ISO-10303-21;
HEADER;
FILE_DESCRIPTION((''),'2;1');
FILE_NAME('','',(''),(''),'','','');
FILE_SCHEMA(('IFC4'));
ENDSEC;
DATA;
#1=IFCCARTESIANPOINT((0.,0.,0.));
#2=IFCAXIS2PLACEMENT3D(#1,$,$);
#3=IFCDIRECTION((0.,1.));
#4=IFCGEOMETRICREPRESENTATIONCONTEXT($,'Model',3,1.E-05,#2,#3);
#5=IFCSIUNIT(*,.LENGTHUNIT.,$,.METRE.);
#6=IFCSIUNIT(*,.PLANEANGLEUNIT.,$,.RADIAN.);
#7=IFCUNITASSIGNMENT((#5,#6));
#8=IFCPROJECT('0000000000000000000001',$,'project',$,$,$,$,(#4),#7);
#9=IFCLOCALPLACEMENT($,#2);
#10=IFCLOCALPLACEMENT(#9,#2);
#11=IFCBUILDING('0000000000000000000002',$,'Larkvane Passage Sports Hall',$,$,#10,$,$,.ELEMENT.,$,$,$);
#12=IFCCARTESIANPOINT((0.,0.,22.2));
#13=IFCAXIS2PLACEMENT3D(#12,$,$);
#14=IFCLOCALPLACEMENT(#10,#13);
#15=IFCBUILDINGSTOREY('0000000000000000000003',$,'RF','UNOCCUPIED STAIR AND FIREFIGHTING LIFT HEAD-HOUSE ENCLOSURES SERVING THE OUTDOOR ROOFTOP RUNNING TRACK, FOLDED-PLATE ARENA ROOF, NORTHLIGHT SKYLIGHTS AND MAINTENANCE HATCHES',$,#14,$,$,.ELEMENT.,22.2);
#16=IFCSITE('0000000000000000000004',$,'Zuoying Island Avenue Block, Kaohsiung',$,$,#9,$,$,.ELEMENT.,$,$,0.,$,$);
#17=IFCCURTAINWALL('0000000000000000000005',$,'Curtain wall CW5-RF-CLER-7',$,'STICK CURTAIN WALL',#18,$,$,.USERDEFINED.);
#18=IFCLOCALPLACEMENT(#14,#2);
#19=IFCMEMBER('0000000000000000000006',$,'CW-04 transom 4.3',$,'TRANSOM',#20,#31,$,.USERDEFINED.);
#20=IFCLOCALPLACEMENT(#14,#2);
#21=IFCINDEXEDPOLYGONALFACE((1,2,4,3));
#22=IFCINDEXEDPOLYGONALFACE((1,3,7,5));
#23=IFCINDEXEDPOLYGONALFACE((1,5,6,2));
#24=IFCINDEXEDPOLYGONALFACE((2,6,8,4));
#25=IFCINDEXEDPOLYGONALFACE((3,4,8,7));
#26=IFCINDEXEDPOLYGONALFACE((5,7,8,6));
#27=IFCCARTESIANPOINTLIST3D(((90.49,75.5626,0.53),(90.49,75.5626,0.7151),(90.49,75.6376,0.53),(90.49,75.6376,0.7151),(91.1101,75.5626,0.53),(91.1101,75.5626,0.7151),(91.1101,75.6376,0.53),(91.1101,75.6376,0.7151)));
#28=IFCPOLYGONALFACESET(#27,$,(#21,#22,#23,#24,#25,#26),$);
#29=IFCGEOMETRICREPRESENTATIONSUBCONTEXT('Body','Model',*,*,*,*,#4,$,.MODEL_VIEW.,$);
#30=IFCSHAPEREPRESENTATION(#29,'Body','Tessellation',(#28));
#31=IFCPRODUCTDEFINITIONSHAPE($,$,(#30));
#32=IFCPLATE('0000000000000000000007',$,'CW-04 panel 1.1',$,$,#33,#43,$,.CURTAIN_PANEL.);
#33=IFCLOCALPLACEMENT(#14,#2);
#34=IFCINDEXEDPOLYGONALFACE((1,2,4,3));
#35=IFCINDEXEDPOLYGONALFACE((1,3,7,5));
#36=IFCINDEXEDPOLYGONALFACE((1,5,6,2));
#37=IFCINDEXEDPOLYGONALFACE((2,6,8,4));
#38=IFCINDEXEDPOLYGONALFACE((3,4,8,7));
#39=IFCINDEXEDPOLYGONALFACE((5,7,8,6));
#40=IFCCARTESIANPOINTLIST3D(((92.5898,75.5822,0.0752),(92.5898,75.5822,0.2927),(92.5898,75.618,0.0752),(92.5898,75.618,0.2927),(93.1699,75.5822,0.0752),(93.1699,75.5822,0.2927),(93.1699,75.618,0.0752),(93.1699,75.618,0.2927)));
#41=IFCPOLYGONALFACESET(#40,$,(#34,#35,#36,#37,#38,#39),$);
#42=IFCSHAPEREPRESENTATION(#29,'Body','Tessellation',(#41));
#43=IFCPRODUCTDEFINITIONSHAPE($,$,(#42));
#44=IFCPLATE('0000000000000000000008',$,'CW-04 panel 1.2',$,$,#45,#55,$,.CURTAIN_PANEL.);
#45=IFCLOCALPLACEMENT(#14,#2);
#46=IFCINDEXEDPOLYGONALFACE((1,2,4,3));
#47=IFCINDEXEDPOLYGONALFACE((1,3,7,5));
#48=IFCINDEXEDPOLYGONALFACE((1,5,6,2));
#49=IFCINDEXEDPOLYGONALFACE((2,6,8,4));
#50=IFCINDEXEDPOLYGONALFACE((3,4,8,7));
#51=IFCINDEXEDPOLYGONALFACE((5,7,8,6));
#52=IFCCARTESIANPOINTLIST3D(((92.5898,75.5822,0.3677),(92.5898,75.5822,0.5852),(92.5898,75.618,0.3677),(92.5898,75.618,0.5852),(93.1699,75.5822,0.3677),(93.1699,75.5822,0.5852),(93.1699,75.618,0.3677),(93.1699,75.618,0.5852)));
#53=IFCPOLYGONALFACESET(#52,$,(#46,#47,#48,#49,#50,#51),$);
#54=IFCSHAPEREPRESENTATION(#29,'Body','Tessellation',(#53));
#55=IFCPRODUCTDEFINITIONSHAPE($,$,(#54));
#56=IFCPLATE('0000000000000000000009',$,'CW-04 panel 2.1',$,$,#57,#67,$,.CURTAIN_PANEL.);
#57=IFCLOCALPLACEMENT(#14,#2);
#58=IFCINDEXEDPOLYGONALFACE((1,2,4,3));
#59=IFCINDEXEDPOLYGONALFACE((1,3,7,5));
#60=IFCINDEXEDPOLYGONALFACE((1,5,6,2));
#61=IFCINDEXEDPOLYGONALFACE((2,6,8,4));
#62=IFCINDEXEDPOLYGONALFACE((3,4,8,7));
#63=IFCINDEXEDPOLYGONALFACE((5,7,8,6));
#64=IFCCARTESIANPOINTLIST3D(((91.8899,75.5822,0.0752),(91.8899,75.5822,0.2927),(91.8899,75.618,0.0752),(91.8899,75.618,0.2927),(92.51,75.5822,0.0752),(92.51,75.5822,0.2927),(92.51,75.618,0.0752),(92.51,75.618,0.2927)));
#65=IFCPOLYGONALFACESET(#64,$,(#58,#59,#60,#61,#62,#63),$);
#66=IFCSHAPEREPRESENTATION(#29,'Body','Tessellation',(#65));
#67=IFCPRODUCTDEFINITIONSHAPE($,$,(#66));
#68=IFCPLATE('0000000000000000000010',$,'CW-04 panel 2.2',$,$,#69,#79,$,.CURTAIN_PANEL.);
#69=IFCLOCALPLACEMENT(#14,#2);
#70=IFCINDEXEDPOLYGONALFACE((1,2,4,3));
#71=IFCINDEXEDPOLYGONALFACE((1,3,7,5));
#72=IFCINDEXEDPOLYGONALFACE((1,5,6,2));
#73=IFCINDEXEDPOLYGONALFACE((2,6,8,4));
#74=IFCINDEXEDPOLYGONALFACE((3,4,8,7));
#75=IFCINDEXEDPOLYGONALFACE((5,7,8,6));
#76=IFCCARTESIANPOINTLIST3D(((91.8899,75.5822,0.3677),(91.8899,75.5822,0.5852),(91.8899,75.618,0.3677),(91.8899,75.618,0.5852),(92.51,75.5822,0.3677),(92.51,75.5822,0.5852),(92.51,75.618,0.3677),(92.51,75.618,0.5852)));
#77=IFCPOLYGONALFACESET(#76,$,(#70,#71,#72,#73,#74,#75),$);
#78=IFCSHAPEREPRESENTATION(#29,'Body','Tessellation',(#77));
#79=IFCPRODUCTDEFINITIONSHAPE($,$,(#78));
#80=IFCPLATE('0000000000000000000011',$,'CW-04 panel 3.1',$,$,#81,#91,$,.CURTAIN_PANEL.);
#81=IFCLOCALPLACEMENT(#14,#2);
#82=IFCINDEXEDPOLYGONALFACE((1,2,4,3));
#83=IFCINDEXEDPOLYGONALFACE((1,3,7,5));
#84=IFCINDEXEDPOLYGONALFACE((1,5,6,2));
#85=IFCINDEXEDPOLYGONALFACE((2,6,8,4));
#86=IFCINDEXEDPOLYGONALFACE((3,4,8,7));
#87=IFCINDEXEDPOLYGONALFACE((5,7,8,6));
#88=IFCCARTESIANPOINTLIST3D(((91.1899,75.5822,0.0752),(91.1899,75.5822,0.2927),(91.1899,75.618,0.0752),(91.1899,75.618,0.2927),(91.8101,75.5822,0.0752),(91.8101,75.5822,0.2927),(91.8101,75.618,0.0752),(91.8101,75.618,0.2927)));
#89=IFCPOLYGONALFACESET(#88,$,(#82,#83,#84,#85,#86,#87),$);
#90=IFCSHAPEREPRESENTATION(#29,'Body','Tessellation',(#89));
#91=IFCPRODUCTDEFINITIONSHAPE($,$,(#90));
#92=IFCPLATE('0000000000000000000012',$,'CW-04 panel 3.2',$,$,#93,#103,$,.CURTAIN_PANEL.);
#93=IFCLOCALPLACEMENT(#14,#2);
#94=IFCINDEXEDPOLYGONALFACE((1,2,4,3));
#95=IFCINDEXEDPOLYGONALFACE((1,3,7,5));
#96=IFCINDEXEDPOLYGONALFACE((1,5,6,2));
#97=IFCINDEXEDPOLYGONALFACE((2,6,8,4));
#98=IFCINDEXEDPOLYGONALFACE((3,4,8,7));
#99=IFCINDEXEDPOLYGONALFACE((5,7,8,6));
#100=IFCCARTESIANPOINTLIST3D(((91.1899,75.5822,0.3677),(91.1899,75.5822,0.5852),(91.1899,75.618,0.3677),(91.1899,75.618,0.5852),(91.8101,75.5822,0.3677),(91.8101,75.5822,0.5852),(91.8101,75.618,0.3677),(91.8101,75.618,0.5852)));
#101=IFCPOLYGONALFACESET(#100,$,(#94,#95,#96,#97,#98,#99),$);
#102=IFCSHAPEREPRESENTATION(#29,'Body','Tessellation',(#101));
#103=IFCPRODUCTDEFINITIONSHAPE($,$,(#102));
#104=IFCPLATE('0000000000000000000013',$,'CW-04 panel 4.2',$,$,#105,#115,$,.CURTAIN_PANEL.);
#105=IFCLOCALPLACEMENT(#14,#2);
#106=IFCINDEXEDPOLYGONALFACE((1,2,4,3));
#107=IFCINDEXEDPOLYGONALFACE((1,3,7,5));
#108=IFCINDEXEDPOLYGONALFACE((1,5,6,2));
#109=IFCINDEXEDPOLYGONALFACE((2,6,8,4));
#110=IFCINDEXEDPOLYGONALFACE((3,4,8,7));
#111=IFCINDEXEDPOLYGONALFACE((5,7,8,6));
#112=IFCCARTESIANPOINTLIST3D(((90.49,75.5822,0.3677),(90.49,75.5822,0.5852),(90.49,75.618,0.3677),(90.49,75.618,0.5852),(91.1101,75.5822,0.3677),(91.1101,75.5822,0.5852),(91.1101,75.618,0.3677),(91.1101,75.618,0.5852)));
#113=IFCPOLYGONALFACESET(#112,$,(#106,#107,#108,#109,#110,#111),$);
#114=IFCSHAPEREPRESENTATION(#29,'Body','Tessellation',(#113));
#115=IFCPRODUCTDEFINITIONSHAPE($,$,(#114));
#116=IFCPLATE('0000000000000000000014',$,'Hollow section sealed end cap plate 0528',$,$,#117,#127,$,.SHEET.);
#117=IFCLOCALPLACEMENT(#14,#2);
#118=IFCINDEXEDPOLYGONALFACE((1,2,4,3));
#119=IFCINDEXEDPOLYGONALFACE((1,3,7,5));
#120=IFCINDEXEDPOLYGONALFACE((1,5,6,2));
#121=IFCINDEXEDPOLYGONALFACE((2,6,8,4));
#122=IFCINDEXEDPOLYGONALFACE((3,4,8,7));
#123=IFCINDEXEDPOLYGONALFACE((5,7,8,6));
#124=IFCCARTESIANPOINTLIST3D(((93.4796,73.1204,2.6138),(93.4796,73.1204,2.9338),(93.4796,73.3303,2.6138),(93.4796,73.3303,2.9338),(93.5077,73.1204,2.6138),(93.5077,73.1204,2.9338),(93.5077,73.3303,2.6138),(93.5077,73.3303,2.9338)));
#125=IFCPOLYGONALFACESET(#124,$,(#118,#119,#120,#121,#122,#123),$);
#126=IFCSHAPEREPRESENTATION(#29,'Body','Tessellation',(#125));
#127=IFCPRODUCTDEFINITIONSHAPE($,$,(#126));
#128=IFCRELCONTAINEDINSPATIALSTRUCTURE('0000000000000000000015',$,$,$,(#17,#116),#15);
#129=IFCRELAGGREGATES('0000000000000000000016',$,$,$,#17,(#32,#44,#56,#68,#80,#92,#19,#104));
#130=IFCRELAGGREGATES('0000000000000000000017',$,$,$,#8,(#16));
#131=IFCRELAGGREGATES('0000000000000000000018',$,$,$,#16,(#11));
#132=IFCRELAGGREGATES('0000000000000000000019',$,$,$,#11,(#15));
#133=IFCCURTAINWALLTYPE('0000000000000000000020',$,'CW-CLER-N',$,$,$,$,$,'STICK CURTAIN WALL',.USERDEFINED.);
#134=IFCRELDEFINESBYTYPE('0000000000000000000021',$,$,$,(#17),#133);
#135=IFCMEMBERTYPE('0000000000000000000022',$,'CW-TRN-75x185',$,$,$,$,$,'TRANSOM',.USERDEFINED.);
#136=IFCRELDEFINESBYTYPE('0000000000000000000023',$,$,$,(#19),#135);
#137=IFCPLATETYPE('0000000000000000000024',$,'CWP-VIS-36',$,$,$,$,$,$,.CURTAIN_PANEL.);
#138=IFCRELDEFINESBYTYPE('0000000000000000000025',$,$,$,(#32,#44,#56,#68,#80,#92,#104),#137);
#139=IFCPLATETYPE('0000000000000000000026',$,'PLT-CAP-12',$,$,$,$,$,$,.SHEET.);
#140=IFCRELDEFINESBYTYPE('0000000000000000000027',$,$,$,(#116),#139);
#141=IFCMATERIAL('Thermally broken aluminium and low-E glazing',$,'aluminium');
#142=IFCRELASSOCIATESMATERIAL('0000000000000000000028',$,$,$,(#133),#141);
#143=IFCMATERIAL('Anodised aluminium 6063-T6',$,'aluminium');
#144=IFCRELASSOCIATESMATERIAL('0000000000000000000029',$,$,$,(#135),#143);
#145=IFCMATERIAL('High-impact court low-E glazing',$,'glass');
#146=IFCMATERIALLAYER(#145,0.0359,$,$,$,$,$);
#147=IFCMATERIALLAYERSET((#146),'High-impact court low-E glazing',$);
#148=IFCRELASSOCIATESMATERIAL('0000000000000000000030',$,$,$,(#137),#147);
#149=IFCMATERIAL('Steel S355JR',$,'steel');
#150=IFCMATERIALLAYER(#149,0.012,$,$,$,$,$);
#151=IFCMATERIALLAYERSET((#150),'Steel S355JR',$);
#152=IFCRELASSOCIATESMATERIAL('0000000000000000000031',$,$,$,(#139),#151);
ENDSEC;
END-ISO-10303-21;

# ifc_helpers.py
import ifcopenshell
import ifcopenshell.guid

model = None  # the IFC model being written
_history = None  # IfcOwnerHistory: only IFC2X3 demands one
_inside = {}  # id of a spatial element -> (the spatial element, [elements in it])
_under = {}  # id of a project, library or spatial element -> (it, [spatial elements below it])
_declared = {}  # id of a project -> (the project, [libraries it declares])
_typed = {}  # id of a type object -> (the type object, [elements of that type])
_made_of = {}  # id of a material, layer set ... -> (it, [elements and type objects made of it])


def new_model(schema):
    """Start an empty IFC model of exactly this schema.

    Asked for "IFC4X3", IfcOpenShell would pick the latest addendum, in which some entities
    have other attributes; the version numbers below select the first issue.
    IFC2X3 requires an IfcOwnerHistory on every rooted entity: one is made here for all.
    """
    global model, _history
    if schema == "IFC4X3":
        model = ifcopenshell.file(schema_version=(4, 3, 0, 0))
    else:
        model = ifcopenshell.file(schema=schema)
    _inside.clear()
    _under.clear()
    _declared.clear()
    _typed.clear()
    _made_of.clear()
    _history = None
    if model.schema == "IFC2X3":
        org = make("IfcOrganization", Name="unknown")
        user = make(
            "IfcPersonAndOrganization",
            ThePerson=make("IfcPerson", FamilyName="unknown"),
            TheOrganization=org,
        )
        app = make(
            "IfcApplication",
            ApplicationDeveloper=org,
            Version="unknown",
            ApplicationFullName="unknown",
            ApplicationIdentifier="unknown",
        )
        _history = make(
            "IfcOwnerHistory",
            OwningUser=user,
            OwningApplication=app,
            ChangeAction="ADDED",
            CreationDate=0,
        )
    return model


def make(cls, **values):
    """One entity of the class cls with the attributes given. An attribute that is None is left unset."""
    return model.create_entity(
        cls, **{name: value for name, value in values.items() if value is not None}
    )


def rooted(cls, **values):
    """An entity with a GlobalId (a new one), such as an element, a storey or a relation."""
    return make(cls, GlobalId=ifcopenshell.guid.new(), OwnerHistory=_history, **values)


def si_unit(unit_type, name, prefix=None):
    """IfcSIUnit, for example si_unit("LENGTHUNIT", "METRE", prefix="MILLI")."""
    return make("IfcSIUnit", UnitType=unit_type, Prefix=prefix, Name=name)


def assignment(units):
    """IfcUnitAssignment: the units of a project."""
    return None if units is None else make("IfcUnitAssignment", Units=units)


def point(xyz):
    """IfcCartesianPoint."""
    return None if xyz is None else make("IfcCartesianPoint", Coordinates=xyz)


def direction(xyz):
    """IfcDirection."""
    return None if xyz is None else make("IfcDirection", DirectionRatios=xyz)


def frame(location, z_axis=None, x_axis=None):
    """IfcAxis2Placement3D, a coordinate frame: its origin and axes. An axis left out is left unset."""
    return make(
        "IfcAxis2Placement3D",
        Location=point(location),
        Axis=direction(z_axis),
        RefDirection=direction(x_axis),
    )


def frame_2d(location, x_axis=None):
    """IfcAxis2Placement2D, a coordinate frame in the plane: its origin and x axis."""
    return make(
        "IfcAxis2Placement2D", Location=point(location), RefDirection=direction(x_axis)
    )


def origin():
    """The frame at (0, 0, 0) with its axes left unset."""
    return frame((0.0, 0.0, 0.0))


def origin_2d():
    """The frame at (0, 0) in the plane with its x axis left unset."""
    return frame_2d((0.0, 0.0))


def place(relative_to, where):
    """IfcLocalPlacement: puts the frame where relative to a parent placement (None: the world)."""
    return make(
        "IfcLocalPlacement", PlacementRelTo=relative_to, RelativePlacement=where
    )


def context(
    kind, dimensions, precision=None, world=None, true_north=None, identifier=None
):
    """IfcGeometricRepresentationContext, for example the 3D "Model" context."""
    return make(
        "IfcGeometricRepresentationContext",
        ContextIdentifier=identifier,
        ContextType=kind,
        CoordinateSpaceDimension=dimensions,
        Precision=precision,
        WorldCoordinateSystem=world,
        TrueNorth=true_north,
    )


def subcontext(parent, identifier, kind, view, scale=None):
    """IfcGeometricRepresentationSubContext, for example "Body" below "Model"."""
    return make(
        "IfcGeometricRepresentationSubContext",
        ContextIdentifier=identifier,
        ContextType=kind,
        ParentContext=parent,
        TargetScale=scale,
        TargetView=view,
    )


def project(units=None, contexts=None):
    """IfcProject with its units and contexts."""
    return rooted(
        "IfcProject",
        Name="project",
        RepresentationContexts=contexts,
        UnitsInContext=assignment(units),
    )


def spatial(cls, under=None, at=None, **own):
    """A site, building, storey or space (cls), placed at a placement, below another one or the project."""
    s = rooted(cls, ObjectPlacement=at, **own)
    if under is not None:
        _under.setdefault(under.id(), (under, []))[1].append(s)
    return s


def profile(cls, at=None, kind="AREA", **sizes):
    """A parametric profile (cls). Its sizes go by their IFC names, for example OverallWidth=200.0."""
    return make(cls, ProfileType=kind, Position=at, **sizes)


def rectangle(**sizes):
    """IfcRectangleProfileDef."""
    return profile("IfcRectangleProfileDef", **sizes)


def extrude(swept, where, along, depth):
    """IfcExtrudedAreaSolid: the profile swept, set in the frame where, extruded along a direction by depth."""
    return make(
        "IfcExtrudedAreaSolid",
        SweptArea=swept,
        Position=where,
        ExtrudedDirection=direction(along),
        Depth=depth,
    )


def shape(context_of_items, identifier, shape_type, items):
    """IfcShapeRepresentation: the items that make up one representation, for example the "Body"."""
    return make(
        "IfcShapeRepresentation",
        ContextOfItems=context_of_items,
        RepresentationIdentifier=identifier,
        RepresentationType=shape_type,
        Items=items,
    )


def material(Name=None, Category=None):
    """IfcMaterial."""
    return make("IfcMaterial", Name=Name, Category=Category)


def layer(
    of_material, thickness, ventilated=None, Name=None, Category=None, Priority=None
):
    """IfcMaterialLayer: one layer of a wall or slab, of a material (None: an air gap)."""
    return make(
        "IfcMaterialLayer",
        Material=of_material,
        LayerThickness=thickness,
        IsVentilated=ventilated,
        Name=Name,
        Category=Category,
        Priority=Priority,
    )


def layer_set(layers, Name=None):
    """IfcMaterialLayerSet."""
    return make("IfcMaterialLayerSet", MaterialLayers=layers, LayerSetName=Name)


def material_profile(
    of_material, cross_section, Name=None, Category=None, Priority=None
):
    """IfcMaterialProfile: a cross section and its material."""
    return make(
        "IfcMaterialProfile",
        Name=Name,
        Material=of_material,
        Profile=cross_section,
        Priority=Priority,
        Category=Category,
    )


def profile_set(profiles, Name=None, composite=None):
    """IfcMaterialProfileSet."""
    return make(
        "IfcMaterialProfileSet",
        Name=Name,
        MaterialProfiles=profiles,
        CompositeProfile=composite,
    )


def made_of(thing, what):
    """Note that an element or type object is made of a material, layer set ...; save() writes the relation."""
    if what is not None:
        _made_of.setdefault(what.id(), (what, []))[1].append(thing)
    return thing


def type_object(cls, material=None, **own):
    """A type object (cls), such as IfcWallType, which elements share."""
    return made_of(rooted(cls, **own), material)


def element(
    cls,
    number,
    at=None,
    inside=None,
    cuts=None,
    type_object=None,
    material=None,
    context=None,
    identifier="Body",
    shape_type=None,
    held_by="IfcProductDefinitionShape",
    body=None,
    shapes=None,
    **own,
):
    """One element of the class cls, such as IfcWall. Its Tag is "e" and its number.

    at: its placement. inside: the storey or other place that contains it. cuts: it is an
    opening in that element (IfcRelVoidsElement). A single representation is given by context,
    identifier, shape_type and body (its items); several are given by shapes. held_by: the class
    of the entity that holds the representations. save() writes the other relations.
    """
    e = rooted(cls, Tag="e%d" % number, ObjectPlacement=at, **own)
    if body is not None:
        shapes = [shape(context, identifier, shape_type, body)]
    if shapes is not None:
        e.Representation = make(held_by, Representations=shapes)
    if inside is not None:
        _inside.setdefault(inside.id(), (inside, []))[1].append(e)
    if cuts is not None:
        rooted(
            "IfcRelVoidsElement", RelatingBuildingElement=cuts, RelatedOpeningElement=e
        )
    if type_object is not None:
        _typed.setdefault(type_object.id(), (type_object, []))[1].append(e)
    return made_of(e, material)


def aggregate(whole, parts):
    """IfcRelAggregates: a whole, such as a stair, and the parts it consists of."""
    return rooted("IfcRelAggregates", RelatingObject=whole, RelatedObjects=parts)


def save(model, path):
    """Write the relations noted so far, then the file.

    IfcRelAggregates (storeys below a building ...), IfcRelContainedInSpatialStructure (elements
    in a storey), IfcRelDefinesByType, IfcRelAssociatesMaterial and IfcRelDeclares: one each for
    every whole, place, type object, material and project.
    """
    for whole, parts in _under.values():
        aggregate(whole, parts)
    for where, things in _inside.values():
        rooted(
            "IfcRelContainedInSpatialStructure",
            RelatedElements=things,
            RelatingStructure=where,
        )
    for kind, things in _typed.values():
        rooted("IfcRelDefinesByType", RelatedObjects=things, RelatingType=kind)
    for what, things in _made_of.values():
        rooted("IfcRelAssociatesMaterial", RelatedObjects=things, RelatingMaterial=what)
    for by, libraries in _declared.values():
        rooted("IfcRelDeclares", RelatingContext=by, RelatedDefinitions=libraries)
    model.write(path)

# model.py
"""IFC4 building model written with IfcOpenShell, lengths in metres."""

from ifc_helpers import new_model, si_unit, direction, frame, origin, origin_2d, place, context, subcontext, project, spatial, rectangle, extrude, material, layer, layer_set, material_profile, profile_set, type_object, element, aggregate, save


model = new_model("IFC4")

# Units and contexts
model_context = context("Model", 3, precision=1e-05, world=origin(), true_north=direction((0.0, 1.0)))
body_context = subcontext(model_context, "Body", "Model", "MODEL_VIEW")
ifc_project = project(units=[si_unit("LENGTHUNIT", "METRE"), si_unit("PLANEANGLEUNIT", "RADIAN")], contexts=[model_context])

# Site, building, storey
site_placement = place(None, origin())
site = spatial("IfcSite", under=ifc_project, at=site_placement, Name="Zuoying Island Avenue Block, Kaohsiung", CompositionType="ELEMENT", RefElevation=0.0)
building_placement = place(site_placement, origin())
building = spatial("IfcBuilding", under=site, at=building_placement, Name="Larkvane Passage Sports Hall", CompositionType="ELEMENT")
storey_placement = place(building_placement, frame((0.0, 0.0, 22.2)))
storey = spatial("IfcBuildingStorey", under=building, at=storey_placement, Name="RF", Description="UNOCCUPIED STAIR AND FIREFIGHTING LIFT HEAD-HOUSE ENCLOSURES SERVING THE OUTDOOR ROOFTOP RUNNING TRACK, FOLDED-PLATE ARENA ROOF, NORTHLIGHT SKYLIGHTS AND MAINTENANCE HATCHES", CompositionType="ELEMENT", Elevation=22.2)

# Curtain wall, member, plates
ifc_material_1 = material(Name="Thermally broken aluminium and low-E glazing", Category="aluminium")
curtain_wall_type = type_object("IfcCurtainWallType", Name="CW-CLER-N", ElementType="STICK CURTAIN WALL", PredefinedType="USERDEFINED", material=ifc_material_1)
curtain_wall_placement = place(storey_placement, origin())
curtain_wall = element("IfcCurtainWall", 1, at=curtain_wall_placement, inside=storey, type_object=curtain_wall_type, Name="Curtain wall CW5-RF-CLER-7", ObjectType="STICK CURTAIN WALL", PredefinedType="USERDEFINED")
ifc_material_2 = material(Name="Anodised aluminium 6063-T6", Category="aluminium")
ifc_material_profile_1 = material_profile(ifc_material_2, rectangle(XDim=0.075, YDim=0.1851, at=origin_2d()), Name="ALU-TRN-75x185")
ifc_profile_set_1 = profile_set([ifc_material_profile_1], Name="Anodised aluminium 6063-T6")
member_type_1 = type_object("IfcMemberType", Name="CW-TRN-75x185", ElementType="TRANSOM", PredefinedType="USERDEFINED", material=ifc_profile_set_1)
member_1_placement = place(storey_placement, frame((91.1101, 75.6001, 0.6226), z_axis=(-1.0, 0.0, 0.0), x_axis=(0.0, -1.0, 0.0)))
member_1 = element("IfcMember", 2, at=member_1_placement, type_object=member_type_1, Name="CW-04 transom 4.3", ObjectType="TRANSOM", PredefinedType="USERDEFINED", context=body_context, shape_type="SweptSolid", body=[
    extrude(rectangle(XDim=0.075, YDim=0.1851, at=origin_2d()), origin(), (0.0, 0.0, 1.0), 0.6201),
])
ifc_material_3 = material(Name="High-impact court low-E glazing", Category="glass")
ifc_layer_1 = layer(ifc_material_3, 0.0359)
ifc_layer_set_1 = layer_set([ifc_layer_1], Name="High-impact court low-E glazing")
plate_type_1 = type_object("IfcPlateType", Name="CWP-VIS-36", PredefinedType="CURTAIN_PANEL", material=ifc_layer_set_1)
plate_1_placement = place(storey_placement, frame((92.8799, 75.6001, 0.0752), z_axis=(0.0, 0.0, 1.0), x_axis=(-1.0, 0.0, 0.0)))
plate_1 = element("IfcPlate", 3, at=plate_1_placement, type_object=plate_type_1, Name="CW-04 panel 1.1", PredefinedType="CURTAIN_PANEL", context=body_context, shape_type="SweptSolid", body=[
    extrude(rectangle(XDim=0.5801, YDim=0.0359, at=origin_2d()), origin(), (0.0, 0.0, 1.0), 0.2175),
])
plate_2_placement = place(storey_placement, frame((92.8799, 75.6001, 0.3677), z_axis=(0.0, 0.0, 1.0), x_axis=(-1.0, 0.0, 0.0)))
plate_2 = element("IfcPlate", 4, at=plate_2_placement, type_object=plate_type_1, Name="CW-04 panel 1.2", PredefinedType="CURTAIN_PANEL", context=body_context, shape_type="SweptSolid", body=[
    extrude(rectangle(XDim=0.5801, YDim=0.0359, at=origin_2d()), origin(), (0.0, 0.0, 1.0), 0.2175),
])
plate_3_placement = place(storey_placement, frame((92.2, 75.6001, 0.0752), z_axis=(0.0, 0.0, 1.0), x_axis=(-1.0, 0.0, 0.0)))
plate_3 = element("IfcPlate", 5, at=plate_3_placement, type_object=plate_type_1, Name="CW-04 panel 2.1", PredefinedType="CURTAIN_PANEL", context=body_context, shape_type="SweptSolid", body=[
    extrude(rectangle(XDim=0.6201, YDim=0.0359, at=origin_2d()), origin(), (0.0, 0.0, 1.0), 0.2175),
])
plate_4_placement = place(storey_placement, frame((92.2, 75.6001, 0.3677), z_axis=(0.0, 0.0, 1.0), x_axis=(-1.0, 0.0, 0.0)))
plate_4 = element("IfcPlate", 6, at=plate_4_placement, type_object=plate_type_1, Name="CW-04 panel 2.2", PredefinedType="CURTAIN_PANEL", context=body_context, shape_type="SweptSolid", body=[
    extrude(rectangle(XDim=0.6201, YDim=0.0359, at=origin_2d()), origin(), (0.0, 0.0, 1.0), 0.2175),
])
plate_5_placement = place(storey_placement, frame((91.5, 75.6001, 0.0752), z_axis=(0.0, 0.0, 1.0), x_axis=(-1.0, 0.0, 0.0)))
plate_5 = element("IfcPlate", 7, at=plate_5_placement, type_object=plate_type_1, Name="CW-04 panel 3.1", PredefinedType="CURTAIN_PANEL", context=body_context, shape_type="SweptSolid", body=[
    extrude(rectangle(XDim=0.6201, YDim=0.0359, at=origin_2d()), origin(), (0.0, 0.0, 1.0), 0.2175),
])
plate_6_placement = place(storey_placement, frame((91.5, 75.6001, 0.3677), z_axis=(0.0, 0.0, 1.0), x_axis=(-1.0, 0.0, 0.0)))
plate_6 = element("IfcPlate", 8, at=plate_6_placement, type_object=plate_type_1, Name="CW-04 panel 3.2", PredefinedType="CURTAIN_PANEL", context=body_context, shape_type="SweptSolid", body=[
    extrude(rectangle(XDim=0.6201, YDim=0.0359, at=origin_2d()), origin(), (0.0, 0.0, 1.0), 0.2175),
])
plate_7_placement = place(storey_placement, frame((90.8, 75.6001, 0.3677), z_axis=(0.0, 0.0, 1.0), x_axis=(-1.0, 0.0, 0.0)))
plate_7 = element("IfcPlate", 9, at=plate_7_placement, type_object=plate_type_1, Name="CW-04 panel 4.2", PredefinedType="CURTAIN_PANEL", context=body_context, shape_type="SweptSolid", body=[
    extrude(rectangle(XDim=0.6201, YDim=0.0359, at=origin_2d()), origin(), (0.0, 0.0, 1.0), 0.2175),
])
aggregate(curtain_wall, [plate_1, plate_2, plate_3, plate_4, plate_5, plate_6, member_1, plate_7])

# Plate
ifc_material_4 = material(Name="Steel S355JR", Category="steel")
ifc_layer_2 = layer(ifc_material_4, 0.012)
ifc_layer_set_2 = layer_set([ifc_layer_2], Name="Steel S355JR")
plate_type_2 = type_object("IfcPlateType", Name="PLT-CAP-12", PredefinedType="SHEET", material=ifc_layer_set_2)
plate_8_placement = place(storey_placement, frame((93.4937, 73.2253, 2.6138), z_axis=(0.0, 0.0, 1.0), x_axis=(0.0, 1.0, 0.0)))
element("IfcPlate", 10, at=plate_8_placement, inside=storey, type_object=plate_type_2, Name="Hollow section sealed end cap plate 0528", PredefinedType="SHEET", context=body_context, shape_type="SweptSolid", body=[
    extrude(rectangle(XDim=0.21, YDim=0.0281, at=origin_2d()), origin(), (0.0, 0.0, 1.0), 0.3201),
])

save(model, "model.ifc")
